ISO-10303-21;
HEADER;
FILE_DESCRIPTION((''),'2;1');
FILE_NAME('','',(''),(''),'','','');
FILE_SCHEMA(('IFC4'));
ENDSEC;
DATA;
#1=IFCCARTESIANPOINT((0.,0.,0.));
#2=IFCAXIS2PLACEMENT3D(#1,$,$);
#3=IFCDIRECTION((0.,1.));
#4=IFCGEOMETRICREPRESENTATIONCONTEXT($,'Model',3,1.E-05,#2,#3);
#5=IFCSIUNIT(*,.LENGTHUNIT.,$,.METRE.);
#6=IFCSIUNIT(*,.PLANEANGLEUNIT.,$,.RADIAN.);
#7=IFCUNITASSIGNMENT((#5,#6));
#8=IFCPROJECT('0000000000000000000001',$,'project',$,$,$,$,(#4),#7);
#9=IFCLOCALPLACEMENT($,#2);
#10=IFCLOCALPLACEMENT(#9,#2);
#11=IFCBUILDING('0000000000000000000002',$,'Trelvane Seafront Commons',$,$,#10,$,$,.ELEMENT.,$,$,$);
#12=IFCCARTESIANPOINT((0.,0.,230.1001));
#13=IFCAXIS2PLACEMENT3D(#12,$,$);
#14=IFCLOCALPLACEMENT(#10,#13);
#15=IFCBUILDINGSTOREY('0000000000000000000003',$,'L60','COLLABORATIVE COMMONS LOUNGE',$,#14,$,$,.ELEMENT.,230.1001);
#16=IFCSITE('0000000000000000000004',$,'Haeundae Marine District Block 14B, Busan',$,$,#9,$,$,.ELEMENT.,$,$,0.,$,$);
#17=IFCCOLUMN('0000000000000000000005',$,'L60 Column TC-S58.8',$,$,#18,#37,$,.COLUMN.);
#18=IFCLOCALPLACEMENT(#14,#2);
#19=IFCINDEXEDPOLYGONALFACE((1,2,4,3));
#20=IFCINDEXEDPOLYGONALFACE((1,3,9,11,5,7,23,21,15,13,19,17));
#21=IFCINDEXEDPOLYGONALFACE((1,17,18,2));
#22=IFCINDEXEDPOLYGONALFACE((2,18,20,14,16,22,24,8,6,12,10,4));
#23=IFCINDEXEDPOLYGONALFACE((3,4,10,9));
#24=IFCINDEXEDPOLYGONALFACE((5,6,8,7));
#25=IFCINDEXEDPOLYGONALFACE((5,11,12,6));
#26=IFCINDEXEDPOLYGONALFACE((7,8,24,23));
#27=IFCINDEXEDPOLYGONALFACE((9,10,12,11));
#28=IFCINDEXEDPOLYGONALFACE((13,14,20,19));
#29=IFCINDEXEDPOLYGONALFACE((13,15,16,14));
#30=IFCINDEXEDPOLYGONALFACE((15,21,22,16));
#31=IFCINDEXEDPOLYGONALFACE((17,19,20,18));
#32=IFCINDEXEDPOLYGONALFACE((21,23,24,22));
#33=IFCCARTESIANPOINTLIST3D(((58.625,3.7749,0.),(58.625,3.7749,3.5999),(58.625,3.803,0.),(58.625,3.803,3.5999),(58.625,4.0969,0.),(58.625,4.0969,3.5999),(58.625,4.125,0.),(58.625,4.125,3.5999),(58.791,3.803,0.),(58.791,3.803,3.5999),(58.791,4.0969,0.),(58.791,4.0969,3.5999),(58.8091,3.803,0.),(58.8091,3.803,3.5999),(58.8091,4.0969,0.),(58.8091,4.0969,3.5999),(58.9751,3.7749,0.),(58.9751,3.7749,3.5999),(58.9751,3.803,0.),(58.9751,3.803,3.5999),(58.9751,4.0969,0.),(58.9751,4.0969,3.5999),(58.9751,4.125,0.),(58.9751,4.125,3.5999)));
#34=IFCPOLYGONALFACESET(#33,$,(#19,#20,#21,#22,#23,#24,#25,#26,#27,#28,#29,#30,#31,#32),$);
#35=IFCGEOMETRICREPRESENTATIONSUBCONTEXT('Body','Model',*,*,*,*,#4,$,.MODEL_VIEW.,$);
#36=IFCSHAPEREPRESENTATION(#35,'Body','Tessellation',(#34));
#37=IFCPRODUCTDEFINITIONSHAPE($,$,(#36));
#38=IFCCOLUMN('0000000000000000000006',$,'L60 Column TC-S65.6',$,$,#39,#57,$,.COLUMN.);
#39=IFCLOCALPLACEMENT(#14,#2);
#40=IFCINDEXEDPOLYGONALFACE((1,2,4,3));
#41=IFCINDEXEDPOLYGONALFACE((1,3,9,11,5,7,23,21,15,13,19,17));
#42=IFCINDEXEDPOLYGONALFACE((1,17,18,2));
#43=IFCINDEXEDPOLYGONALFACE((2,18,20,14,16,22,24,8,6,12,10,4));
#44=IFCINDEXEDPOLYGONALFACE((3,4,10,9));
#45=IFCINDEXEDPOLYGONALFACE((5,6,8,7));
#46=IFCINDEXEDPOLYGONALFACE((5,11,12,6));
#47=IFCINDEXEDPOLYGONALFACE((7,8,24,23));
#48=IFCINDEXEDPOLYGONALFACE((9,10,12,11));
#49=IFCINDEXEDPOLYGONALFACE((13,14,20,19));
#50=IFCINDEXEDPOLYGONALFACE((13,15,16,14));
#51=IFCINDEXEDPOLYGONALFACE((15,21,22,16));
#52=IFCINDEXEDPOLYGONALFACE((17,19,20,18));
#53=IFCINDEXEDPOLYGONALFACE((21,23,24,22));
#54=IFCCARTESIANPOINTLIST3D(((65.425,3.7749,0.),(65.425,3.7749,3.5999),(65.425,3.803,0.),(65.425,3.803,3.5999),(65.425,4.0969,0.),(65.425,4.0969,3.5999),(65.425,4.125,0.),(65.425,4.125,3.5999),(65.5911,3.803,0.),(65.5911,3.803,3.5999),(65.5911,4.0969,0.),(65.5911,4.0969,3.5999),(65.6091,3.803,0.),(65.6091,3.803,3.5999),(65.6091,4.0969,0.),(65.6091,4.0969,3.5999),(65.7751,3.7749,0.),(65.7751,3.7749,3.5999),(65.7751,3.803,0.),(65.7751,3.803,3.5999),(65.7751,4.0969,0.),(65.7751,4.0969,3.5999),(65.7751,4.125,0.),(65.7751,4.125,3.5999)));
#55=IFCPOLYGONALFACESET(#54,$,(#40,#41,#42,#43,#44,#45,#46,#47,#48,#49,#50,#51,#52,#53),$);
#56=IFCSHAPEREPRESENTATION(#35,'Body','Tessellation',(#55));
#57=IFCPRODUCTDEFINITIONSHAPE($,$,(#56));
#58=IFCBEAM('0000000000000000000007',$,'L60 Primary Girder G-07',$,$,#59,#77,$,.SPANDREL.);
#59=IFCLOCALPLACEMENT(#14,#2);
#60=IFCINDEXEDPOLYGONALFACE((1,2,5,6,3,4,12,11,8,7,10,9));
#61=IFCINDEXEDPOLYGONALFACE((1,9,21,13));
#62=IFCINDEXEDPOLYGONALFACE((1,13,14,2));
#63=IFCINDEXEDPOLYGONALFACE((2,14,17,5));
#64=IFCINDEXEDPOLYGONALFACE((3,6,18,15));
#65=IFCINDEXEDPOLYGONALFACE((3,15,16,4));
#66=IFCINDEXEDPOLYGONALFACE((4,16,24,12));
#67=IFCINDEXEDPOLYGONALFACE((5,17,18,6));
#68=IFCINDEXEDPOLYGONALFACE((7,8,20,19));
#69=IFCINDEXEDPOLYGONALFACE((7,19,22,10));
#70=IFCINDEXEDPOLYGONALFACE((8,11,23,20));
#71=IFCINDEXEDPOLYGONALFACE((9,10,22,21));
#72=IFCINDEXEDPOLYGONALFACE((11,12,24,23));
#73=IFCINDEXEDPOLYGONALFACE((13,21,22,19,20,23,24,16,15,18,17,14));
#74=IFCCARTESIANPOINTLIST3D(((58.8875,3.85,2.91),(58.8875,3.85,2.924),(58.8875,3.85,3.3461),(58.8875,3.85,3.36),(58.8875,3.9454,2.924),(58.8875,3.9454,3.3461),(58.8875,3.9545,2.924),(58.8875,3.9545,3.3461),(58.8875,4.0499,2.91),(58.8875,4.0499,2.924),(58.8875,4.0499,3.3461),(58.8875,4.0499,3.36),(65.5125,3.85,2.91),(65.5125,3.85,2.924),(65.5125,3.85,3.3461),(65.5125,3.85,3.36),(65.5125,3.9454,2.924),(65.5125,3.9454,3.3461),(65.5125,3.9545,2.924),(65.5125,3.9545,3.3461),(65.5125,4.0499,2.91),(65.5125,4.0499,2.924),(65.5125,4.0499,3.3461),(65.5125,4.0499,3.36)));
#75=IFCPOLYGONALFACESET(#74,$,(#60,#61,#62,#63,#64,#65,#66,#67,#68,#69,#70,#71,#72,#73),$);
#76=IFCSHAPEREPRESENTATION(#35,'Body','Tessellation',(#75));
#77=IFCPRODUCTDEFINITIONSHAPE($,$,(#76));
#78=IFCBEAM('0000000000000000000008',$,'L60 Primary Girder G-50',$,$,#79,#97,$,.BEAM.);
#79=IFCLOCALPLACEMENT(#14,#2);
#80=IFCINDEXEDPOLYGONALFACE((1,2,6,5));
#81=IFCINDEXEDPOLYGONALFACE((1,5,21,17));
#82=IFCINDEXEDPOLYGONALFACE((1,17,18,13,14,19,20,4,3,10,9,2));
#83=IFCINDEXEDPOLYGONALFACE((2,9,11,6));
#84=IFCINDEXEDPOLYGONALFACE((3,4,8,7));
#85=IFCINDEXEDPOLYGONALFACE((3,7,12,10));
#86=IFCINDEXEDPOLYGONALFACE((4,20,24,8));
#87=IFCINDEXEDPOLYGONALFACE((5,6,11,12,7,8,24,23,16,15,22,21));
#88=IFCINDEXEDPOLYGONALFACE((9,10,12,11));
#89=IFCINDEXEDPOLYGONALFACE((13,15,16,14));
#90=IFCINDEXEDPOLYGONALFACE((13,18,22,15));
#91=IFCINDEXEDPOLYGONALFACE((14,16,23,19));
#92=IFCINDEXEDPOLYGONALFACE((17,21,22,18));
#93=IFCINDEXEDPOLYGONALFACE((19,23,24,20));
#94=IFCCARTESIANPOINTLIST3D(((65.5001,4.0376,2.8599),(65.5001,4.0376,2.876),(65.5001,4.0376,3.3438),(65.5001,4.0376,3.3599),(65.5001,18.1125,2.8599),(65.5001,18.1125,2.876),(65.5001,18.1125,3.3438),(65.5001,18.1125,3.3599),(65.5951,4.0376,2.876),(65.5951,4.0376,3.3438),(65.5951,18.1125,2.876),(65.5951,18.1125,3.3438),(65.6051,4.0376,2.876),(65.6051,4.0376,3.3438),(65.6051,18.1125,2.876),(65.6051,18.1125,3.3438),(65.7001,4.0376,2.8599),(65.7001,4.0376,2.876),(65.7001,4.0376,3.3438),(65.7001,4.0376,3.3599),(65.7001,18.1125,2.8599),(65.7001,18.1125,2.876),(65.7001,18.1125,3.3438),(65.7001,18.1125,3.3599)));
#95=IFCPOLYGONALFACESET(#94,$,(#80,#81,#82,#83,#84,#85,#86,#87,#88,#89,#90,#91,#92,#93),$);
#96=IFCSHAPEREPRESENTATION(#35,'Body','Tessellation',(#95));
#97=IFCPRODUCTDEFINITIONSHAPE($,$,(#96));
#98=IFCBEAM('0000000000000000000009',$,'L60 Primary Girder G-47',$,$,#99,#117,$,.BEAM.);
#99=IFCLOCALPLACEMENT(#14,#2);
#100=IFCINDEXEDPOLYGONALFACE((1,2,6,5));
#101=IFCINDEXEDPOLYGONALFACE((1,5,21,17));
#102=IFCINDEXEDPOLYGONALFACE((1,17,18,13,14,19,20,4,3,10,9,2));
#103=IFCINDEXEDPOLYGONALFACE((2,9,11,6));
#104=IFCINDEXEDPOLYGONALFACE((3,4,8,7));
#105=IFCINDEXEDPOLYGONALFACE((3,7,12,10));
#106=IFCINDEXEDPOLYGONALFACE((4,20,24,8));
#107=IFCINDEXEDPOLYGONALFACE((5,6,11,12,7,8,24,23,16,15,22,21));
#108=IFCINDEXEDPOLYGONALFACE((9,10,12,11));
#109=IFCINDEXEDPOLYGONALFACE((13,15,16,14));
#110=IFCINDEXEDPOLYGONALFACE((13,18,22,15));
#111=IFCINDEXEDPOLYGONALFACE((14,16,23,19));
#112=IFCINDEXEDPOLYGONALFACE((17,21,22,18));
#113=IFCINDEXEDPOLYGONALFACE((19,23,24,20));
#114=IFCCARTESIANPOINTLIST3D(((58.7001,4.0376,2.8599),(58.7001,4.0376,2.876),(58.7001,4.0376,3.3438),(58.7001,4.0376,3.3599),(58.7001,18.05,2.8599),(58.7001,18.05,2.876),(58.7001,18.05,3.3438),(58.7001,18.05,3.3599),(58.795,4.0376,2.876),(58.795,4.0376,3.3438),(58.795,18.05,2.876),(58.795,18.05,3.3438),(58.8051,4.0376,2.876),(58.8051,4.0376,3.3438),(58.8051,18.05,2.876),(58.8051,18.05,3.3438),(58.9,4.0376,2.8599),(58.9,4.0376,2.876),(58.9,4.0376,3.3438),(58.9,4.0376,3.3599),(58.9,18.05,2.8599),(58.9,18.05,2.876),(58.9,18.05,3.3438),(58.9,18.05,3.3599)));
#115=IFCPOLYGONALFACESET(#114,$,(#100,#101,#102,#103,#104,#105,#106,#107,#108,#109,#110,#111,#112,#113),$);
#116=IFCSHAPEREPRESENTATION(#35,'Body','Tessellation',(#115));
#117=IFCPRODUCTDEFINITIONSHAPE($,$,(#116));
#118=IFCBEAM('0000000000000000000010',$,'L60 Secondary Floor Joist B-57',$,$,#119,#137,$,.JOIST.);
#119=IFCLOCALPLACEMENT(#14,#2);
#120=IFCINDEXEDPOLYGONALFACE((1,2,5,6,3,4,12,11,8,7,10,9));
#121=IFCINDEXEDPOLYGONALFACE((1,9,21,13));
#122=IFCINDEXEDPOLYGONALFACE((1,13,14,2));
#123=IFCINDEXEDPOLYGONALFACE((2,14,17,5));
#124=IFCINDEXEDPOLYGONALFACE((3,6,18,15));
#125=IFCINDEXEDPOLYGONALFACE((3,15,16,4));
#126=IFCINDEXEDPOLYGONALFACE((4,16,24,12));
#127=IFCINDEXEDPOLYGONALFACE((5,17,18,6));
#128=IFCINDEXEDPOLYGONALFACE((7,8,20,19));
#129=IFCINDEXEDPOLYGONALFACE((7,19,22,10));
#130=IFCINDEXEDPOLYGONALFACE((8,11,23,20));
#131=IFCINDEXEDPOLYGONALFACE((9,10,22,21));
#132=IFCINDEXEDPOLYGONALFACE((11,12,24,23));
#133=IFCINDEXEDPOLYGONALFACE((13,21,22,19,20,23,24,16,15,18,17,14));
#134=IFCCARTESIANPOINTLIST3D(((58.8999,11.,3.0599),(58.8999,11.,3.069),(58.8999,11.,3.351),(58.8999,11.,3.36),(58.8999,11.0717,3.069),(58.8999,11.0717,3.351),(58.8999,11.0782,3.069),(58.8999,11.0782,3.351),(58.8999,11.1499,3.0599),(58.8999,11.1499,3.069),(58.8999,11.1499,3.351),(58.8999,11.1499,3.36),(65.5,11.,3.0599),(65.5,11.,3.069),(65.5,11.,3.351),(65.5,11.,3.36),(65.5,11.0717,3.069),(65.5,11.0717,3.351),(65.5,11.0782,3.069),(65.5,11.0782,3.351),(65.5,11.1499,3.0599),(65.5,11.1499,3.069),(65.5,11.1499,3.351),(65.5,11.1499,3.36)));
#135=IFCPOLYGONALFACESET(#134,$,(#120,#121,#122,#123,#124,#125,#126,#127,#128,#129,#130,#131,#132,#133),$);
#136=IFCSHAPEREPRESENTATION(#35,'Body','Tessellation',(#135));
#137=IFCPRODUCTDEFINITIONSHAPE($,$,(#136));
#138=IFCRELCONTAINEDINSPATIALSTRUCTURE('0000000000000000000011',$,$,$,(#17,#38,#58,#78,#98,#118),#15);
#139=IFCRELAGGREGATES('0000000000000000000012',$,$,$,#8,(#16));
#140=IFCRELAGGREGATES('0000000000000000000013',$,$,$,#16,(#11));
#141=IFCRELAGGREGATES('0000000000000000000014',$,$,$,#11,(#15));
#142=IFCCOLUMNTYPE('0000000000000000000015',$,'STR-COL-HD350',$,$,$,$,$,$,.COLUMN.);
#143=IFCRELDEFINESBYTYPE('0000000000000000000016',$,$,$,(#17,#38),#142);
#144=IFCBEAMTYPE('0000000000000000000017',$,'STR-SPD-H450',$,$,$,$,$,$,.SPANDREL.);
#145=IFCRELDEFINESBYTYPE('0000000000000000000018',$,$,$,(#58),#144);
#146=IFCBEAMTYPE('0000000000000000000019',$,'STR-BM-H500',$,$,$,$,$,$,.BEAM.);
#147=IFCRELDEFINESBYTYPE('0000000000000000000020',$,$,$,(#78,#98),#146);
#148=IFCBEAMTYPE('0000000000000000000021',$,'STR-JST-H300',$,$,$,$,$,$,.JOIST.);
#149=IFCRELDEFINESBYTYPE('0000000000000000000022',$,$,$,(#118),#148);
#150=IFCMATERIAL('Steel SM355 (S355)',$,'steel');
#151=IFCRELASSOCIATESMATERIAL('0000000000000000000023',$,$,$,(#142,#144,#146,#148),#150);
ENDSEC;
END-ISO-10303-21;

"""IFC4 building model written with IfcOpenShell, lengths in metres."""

from ifc_helpers import new_model, si_unit, direction, frame, origin, origin_2d, place, context, subcontext, project, spatial, i_section, extrude, source, transform, mapped, material, material_profile, profile_set, type_object, element, save


model = new_model("IFC4")

# Units and contexts
model_context = context("Model", 3, precision=1e-05, world=origin(), true_north=direction((0.0, 1.0)))
body_context = subcontext(model_context, "Body", "Model", "MODEL_VIEW")
ifc_project = project(units=[si_unit("LENGTHUNIT", "METRE"), si_unit("PLANEANGLEUNIT", "RADIAN")], contexts=[model_context])

# Site, building, storey
site_placement = place(None, origin())
site = spatial("IfcSite", under=ifc_project, at=site_placement, Name="Haeundae Marine District Block 14B, Busan", CompositionType="ELEMENT", RefElevation=0.0)
building_placement = place(site_placement, origin())
building = spatial("IfcBuilding", under=site, at=building_placement, Name="Trelvane Seafront Commons", CompositionType="ELEMENT")
storey_placement = place(building_placement, frame((0.0, 0.0, 230.1001)))
storey = spatial("IfcBuildingStorey", under=building, at=storey_placement, Name="L60", Description="COLLABORATIVE COMMONS LOUNGE", CompositionType="ELEMENT", Elevation=230.1001)

# Columns
ifc_material_1 = material(Name="Steel SM355 (S355)", Category="steel")
ifc_material_profile_1 = material_profile(ifc_material_1, i_section(OverallWidth=0.3501, OverallDepth=0.3501, WebThickness=0.0181, FlangeThickness=0.0281, at=origin_2d()), Name="HD-350x350x18x28")
ifc_profile_set_1 = profile_set([ifc_material_profile_1], Name="Steel SM355 (S355)")
column_type = type_object("IfcColumnType", Name="STR-COL-HD350", PredefinedType="COLUMN", material=ifc_profile_set_1)
shared_shape_1 = source(origin(), body_context, "Body", "SweptSolid", [
    extrude(i_section(OverallWidth=0.3501, OverallDepth=0.3501, WebThickness=0.0181, FlangeThickness=0.0281, at=origin_2d()), origin(), (0.0, 0.0, 1.0), 3.5999),
])
for number, where, z_axis, x_axis, name in (
    (1, (58.8, 3.95, 0.0), (0.0, 0.0, 1.0), (1.0, 0.0, 0.0), "L60 Column TC-S58.8"),
    (2, (65.6001, 3.95, 0.0), (0.0, 0.0, 1.0), (1.0, 0.0, 0.0), "L60 Column TC-S65.6"),
):
    element("IfcColumn", number, at=place(storey_placement, frame(where, z_axis=z_axis, x_axis=x_axis)), inside=storey, type_object=column_type, Name=name, PredefinedType="COLUMN", context=body_context, shape_type="MappedRepresentation", body=[
        mapped(shared_shape_1, transform((0.0, 0.0, 0.0), x_axis=(1.0, 0.0, 0.0), y_axis=(0.0, 1.0, 0.0), z_axis=(0.0, 0.0, 1.0), scale=1.0)),
    ])

# Beams
ifc_material_profile_2 = material_profile(ifc_material_1, i_section(OverallWidth=0.2, OverallDepth=0.45, WebThickness=0.009, FlangeThickness=0.0139, at=origin_2d()), Name="H-450x200x9x14")
ifc_profile_set_2 = profile_set([ifc_material_profile_2], Name="Steel SM355 (S355)")
beam_type_1 = type_object("IfcBeamType", Name="STR-SPD-H450", PredefinedType="SPANDREL", material=ifc_profile_set_2)
shared_shape_2 = source(origin(), body_context, "Body", "SweptSolid", [
    extrude(i_section(OverallWidth=0.2, OverallDepth=0.45, WebThickness=0.009, FlangeThickness=0.0139, at=origin_2d()), origin(), (0.0, 0.0, 1.0), 6.625),
])
beam_1_placement = place(storey_placement, frame((58.8875, 3.95, 3.135), z_axis=(1.0, 0.0, 0.0), x_axis=(0.0, 1.0, 0.0)))
element("IfcBeam", 3, at=beam_1_placement, inside=storey, type_object=beam_type_1, Name="L60 Primary Girder G-07", PredefinedType="SPANDREL", context=body_context, shape_type="MappedRepresentation", body=[
    mapped(shared_shape_2, transform((0.0, 0.0, 0.0), x_axis=(1.0, 0.0, 0.0), y_axis=(0.0, 1.0, 0.0), z_axis=(0.0, 0.0, 1.0), scale=1.0)),
])
ifc_material_profile_3 = material_profile(ifc_material_1, i_section(OverallWidth=0.2, OverallDepth=0.5, WebThickness=0.01, FlangeThickness=0.0161, at=origin_2d()), Name="H-500x200x10x16")
ifc_profile_set_3 = profile_set([ifc_material_profile_3], Name="Steel SM355 (S355)")
beam_type_2 = type_object("IfcBeamType", Name="STR-BM-H500", PredefinedType="BEAM", material=ifc_profile_set_3)
shared_shape_3 = source(origin(), body_context, "Body", "SweptSolid", [
    extrude(i_section(OverallWidth=0.2, OverallDepth=0.5, WebThickness=0.01, FlangeThickness=0.0161, at=origin_2d()), origin(), (0.0, 0.0, 1.0), 14.075),
])
beam_2_placement = place(storey_placement, frame((65.6001, 4.0376, 3.1099), z_axis=(0.0, 1.0, 0.0), x_axis=(-1.0, 0.0, 0.0)))
element("IfcBeam", 4, at=beam_2_placement, inside=storey, type_object=beam_type_2, Name="L60 Primary Girder G-50", PredefinedType="BEAM", context=body_context, shape_type="MappedRepresentation", body=[
    mapped(shared_shape_3, transform((0.0, 0.0, 0.0), x_axis=(1.0, 0.0, 0.0), y_axis=(0.0, 1.0, 0.0), z_axis=(0.0, 0.0, 1.0), scale=1.0)),
])
shared_shape_4 = source(origin(), body_context, "Body", "SweptSolid", [
    extrude(i_section(OverallWidth=0.2, OverallDepth=0.5, WebThickness=0.01, FlangeThickness=0.0161, at=origin_2d()), origin(), (0.0, 0.0, 1.0), 14.0125),
])
beam_3_placement = place(storey_placement, frame((58.8, 4.0376, 3.1099), z_axis=(0.0, 1.0, 0.0), x_axis=(-1.0, 0.0, 0.0)))
element("IfcBeam", 5, at=beam_3_placement, inside=storey, type_object=beam_type_2, Name="L60 Primary Girder G-47", PredefinedType="BEAM", context=body_context, shape_type="MappedRepresentation", body=[
    mapped(shared_shape_4, transform((0.0, 0.0, 0.0), x_axis=(1.0, 0.0, 0.0), y_axis=(0.0, 1.0, 0.0), z_axis=(0.0, 0.0, 1.0), scale=1.0)),
])
ifc_material_profile_4 = material_profile(ifc_material_1, i_section(OverallWidth=0.1499, OverallDepth=0.3, WebThickness=0.0066, FlangeThickness=0.009, at=origin_2d()), Name="H-300x150x6.5x9")
ifc_profile_set_4 = profile_set([ifc_material_profile_4], Name="Steel SM355 (S355)")
beam_type_3 = type_object("IfcBeamType", Name="STR-JST-H300", PredefinedType="JOIST", material=ifc_profile_set_4)
shared_shape_5 = source(origin(), body_context, "Body", "SweptSolid", [
    extrude(i_section(OverallWidth=0.1499, OverallDepth=0.3, WebThickness=0.0066, FlangeThickness=0.009, at=origin_2d()), origin(), (0.0, 0.0, 1.0), 6.6001),
])
beam_4_placement = place(storey_placement, frame((58.8999, 11.075, 3.21), z_axis=(1.0, 0.0, 0.0), x_axis=(0.0, 1.0, 0.0)))
element("IfcBeam", 6, at=beam_4_placement, inside=storey, type_object=beam_type_3, Name="L60 Secondary Floor Joist B-57", PredefinedType="JOIST", context=body_context, shape_type="MappedRepresentation", body=[
    mapped(shared_shape_5, transform((0.0, 0.0, 0.0), x_axis=(1.0, 0.0, 0.0), y_axis=(0.0, 1.0, 0.0), z_axis=(0.0, 0.0, 1.0), scale=1.0)),
])

save(model, "model.ifc")
